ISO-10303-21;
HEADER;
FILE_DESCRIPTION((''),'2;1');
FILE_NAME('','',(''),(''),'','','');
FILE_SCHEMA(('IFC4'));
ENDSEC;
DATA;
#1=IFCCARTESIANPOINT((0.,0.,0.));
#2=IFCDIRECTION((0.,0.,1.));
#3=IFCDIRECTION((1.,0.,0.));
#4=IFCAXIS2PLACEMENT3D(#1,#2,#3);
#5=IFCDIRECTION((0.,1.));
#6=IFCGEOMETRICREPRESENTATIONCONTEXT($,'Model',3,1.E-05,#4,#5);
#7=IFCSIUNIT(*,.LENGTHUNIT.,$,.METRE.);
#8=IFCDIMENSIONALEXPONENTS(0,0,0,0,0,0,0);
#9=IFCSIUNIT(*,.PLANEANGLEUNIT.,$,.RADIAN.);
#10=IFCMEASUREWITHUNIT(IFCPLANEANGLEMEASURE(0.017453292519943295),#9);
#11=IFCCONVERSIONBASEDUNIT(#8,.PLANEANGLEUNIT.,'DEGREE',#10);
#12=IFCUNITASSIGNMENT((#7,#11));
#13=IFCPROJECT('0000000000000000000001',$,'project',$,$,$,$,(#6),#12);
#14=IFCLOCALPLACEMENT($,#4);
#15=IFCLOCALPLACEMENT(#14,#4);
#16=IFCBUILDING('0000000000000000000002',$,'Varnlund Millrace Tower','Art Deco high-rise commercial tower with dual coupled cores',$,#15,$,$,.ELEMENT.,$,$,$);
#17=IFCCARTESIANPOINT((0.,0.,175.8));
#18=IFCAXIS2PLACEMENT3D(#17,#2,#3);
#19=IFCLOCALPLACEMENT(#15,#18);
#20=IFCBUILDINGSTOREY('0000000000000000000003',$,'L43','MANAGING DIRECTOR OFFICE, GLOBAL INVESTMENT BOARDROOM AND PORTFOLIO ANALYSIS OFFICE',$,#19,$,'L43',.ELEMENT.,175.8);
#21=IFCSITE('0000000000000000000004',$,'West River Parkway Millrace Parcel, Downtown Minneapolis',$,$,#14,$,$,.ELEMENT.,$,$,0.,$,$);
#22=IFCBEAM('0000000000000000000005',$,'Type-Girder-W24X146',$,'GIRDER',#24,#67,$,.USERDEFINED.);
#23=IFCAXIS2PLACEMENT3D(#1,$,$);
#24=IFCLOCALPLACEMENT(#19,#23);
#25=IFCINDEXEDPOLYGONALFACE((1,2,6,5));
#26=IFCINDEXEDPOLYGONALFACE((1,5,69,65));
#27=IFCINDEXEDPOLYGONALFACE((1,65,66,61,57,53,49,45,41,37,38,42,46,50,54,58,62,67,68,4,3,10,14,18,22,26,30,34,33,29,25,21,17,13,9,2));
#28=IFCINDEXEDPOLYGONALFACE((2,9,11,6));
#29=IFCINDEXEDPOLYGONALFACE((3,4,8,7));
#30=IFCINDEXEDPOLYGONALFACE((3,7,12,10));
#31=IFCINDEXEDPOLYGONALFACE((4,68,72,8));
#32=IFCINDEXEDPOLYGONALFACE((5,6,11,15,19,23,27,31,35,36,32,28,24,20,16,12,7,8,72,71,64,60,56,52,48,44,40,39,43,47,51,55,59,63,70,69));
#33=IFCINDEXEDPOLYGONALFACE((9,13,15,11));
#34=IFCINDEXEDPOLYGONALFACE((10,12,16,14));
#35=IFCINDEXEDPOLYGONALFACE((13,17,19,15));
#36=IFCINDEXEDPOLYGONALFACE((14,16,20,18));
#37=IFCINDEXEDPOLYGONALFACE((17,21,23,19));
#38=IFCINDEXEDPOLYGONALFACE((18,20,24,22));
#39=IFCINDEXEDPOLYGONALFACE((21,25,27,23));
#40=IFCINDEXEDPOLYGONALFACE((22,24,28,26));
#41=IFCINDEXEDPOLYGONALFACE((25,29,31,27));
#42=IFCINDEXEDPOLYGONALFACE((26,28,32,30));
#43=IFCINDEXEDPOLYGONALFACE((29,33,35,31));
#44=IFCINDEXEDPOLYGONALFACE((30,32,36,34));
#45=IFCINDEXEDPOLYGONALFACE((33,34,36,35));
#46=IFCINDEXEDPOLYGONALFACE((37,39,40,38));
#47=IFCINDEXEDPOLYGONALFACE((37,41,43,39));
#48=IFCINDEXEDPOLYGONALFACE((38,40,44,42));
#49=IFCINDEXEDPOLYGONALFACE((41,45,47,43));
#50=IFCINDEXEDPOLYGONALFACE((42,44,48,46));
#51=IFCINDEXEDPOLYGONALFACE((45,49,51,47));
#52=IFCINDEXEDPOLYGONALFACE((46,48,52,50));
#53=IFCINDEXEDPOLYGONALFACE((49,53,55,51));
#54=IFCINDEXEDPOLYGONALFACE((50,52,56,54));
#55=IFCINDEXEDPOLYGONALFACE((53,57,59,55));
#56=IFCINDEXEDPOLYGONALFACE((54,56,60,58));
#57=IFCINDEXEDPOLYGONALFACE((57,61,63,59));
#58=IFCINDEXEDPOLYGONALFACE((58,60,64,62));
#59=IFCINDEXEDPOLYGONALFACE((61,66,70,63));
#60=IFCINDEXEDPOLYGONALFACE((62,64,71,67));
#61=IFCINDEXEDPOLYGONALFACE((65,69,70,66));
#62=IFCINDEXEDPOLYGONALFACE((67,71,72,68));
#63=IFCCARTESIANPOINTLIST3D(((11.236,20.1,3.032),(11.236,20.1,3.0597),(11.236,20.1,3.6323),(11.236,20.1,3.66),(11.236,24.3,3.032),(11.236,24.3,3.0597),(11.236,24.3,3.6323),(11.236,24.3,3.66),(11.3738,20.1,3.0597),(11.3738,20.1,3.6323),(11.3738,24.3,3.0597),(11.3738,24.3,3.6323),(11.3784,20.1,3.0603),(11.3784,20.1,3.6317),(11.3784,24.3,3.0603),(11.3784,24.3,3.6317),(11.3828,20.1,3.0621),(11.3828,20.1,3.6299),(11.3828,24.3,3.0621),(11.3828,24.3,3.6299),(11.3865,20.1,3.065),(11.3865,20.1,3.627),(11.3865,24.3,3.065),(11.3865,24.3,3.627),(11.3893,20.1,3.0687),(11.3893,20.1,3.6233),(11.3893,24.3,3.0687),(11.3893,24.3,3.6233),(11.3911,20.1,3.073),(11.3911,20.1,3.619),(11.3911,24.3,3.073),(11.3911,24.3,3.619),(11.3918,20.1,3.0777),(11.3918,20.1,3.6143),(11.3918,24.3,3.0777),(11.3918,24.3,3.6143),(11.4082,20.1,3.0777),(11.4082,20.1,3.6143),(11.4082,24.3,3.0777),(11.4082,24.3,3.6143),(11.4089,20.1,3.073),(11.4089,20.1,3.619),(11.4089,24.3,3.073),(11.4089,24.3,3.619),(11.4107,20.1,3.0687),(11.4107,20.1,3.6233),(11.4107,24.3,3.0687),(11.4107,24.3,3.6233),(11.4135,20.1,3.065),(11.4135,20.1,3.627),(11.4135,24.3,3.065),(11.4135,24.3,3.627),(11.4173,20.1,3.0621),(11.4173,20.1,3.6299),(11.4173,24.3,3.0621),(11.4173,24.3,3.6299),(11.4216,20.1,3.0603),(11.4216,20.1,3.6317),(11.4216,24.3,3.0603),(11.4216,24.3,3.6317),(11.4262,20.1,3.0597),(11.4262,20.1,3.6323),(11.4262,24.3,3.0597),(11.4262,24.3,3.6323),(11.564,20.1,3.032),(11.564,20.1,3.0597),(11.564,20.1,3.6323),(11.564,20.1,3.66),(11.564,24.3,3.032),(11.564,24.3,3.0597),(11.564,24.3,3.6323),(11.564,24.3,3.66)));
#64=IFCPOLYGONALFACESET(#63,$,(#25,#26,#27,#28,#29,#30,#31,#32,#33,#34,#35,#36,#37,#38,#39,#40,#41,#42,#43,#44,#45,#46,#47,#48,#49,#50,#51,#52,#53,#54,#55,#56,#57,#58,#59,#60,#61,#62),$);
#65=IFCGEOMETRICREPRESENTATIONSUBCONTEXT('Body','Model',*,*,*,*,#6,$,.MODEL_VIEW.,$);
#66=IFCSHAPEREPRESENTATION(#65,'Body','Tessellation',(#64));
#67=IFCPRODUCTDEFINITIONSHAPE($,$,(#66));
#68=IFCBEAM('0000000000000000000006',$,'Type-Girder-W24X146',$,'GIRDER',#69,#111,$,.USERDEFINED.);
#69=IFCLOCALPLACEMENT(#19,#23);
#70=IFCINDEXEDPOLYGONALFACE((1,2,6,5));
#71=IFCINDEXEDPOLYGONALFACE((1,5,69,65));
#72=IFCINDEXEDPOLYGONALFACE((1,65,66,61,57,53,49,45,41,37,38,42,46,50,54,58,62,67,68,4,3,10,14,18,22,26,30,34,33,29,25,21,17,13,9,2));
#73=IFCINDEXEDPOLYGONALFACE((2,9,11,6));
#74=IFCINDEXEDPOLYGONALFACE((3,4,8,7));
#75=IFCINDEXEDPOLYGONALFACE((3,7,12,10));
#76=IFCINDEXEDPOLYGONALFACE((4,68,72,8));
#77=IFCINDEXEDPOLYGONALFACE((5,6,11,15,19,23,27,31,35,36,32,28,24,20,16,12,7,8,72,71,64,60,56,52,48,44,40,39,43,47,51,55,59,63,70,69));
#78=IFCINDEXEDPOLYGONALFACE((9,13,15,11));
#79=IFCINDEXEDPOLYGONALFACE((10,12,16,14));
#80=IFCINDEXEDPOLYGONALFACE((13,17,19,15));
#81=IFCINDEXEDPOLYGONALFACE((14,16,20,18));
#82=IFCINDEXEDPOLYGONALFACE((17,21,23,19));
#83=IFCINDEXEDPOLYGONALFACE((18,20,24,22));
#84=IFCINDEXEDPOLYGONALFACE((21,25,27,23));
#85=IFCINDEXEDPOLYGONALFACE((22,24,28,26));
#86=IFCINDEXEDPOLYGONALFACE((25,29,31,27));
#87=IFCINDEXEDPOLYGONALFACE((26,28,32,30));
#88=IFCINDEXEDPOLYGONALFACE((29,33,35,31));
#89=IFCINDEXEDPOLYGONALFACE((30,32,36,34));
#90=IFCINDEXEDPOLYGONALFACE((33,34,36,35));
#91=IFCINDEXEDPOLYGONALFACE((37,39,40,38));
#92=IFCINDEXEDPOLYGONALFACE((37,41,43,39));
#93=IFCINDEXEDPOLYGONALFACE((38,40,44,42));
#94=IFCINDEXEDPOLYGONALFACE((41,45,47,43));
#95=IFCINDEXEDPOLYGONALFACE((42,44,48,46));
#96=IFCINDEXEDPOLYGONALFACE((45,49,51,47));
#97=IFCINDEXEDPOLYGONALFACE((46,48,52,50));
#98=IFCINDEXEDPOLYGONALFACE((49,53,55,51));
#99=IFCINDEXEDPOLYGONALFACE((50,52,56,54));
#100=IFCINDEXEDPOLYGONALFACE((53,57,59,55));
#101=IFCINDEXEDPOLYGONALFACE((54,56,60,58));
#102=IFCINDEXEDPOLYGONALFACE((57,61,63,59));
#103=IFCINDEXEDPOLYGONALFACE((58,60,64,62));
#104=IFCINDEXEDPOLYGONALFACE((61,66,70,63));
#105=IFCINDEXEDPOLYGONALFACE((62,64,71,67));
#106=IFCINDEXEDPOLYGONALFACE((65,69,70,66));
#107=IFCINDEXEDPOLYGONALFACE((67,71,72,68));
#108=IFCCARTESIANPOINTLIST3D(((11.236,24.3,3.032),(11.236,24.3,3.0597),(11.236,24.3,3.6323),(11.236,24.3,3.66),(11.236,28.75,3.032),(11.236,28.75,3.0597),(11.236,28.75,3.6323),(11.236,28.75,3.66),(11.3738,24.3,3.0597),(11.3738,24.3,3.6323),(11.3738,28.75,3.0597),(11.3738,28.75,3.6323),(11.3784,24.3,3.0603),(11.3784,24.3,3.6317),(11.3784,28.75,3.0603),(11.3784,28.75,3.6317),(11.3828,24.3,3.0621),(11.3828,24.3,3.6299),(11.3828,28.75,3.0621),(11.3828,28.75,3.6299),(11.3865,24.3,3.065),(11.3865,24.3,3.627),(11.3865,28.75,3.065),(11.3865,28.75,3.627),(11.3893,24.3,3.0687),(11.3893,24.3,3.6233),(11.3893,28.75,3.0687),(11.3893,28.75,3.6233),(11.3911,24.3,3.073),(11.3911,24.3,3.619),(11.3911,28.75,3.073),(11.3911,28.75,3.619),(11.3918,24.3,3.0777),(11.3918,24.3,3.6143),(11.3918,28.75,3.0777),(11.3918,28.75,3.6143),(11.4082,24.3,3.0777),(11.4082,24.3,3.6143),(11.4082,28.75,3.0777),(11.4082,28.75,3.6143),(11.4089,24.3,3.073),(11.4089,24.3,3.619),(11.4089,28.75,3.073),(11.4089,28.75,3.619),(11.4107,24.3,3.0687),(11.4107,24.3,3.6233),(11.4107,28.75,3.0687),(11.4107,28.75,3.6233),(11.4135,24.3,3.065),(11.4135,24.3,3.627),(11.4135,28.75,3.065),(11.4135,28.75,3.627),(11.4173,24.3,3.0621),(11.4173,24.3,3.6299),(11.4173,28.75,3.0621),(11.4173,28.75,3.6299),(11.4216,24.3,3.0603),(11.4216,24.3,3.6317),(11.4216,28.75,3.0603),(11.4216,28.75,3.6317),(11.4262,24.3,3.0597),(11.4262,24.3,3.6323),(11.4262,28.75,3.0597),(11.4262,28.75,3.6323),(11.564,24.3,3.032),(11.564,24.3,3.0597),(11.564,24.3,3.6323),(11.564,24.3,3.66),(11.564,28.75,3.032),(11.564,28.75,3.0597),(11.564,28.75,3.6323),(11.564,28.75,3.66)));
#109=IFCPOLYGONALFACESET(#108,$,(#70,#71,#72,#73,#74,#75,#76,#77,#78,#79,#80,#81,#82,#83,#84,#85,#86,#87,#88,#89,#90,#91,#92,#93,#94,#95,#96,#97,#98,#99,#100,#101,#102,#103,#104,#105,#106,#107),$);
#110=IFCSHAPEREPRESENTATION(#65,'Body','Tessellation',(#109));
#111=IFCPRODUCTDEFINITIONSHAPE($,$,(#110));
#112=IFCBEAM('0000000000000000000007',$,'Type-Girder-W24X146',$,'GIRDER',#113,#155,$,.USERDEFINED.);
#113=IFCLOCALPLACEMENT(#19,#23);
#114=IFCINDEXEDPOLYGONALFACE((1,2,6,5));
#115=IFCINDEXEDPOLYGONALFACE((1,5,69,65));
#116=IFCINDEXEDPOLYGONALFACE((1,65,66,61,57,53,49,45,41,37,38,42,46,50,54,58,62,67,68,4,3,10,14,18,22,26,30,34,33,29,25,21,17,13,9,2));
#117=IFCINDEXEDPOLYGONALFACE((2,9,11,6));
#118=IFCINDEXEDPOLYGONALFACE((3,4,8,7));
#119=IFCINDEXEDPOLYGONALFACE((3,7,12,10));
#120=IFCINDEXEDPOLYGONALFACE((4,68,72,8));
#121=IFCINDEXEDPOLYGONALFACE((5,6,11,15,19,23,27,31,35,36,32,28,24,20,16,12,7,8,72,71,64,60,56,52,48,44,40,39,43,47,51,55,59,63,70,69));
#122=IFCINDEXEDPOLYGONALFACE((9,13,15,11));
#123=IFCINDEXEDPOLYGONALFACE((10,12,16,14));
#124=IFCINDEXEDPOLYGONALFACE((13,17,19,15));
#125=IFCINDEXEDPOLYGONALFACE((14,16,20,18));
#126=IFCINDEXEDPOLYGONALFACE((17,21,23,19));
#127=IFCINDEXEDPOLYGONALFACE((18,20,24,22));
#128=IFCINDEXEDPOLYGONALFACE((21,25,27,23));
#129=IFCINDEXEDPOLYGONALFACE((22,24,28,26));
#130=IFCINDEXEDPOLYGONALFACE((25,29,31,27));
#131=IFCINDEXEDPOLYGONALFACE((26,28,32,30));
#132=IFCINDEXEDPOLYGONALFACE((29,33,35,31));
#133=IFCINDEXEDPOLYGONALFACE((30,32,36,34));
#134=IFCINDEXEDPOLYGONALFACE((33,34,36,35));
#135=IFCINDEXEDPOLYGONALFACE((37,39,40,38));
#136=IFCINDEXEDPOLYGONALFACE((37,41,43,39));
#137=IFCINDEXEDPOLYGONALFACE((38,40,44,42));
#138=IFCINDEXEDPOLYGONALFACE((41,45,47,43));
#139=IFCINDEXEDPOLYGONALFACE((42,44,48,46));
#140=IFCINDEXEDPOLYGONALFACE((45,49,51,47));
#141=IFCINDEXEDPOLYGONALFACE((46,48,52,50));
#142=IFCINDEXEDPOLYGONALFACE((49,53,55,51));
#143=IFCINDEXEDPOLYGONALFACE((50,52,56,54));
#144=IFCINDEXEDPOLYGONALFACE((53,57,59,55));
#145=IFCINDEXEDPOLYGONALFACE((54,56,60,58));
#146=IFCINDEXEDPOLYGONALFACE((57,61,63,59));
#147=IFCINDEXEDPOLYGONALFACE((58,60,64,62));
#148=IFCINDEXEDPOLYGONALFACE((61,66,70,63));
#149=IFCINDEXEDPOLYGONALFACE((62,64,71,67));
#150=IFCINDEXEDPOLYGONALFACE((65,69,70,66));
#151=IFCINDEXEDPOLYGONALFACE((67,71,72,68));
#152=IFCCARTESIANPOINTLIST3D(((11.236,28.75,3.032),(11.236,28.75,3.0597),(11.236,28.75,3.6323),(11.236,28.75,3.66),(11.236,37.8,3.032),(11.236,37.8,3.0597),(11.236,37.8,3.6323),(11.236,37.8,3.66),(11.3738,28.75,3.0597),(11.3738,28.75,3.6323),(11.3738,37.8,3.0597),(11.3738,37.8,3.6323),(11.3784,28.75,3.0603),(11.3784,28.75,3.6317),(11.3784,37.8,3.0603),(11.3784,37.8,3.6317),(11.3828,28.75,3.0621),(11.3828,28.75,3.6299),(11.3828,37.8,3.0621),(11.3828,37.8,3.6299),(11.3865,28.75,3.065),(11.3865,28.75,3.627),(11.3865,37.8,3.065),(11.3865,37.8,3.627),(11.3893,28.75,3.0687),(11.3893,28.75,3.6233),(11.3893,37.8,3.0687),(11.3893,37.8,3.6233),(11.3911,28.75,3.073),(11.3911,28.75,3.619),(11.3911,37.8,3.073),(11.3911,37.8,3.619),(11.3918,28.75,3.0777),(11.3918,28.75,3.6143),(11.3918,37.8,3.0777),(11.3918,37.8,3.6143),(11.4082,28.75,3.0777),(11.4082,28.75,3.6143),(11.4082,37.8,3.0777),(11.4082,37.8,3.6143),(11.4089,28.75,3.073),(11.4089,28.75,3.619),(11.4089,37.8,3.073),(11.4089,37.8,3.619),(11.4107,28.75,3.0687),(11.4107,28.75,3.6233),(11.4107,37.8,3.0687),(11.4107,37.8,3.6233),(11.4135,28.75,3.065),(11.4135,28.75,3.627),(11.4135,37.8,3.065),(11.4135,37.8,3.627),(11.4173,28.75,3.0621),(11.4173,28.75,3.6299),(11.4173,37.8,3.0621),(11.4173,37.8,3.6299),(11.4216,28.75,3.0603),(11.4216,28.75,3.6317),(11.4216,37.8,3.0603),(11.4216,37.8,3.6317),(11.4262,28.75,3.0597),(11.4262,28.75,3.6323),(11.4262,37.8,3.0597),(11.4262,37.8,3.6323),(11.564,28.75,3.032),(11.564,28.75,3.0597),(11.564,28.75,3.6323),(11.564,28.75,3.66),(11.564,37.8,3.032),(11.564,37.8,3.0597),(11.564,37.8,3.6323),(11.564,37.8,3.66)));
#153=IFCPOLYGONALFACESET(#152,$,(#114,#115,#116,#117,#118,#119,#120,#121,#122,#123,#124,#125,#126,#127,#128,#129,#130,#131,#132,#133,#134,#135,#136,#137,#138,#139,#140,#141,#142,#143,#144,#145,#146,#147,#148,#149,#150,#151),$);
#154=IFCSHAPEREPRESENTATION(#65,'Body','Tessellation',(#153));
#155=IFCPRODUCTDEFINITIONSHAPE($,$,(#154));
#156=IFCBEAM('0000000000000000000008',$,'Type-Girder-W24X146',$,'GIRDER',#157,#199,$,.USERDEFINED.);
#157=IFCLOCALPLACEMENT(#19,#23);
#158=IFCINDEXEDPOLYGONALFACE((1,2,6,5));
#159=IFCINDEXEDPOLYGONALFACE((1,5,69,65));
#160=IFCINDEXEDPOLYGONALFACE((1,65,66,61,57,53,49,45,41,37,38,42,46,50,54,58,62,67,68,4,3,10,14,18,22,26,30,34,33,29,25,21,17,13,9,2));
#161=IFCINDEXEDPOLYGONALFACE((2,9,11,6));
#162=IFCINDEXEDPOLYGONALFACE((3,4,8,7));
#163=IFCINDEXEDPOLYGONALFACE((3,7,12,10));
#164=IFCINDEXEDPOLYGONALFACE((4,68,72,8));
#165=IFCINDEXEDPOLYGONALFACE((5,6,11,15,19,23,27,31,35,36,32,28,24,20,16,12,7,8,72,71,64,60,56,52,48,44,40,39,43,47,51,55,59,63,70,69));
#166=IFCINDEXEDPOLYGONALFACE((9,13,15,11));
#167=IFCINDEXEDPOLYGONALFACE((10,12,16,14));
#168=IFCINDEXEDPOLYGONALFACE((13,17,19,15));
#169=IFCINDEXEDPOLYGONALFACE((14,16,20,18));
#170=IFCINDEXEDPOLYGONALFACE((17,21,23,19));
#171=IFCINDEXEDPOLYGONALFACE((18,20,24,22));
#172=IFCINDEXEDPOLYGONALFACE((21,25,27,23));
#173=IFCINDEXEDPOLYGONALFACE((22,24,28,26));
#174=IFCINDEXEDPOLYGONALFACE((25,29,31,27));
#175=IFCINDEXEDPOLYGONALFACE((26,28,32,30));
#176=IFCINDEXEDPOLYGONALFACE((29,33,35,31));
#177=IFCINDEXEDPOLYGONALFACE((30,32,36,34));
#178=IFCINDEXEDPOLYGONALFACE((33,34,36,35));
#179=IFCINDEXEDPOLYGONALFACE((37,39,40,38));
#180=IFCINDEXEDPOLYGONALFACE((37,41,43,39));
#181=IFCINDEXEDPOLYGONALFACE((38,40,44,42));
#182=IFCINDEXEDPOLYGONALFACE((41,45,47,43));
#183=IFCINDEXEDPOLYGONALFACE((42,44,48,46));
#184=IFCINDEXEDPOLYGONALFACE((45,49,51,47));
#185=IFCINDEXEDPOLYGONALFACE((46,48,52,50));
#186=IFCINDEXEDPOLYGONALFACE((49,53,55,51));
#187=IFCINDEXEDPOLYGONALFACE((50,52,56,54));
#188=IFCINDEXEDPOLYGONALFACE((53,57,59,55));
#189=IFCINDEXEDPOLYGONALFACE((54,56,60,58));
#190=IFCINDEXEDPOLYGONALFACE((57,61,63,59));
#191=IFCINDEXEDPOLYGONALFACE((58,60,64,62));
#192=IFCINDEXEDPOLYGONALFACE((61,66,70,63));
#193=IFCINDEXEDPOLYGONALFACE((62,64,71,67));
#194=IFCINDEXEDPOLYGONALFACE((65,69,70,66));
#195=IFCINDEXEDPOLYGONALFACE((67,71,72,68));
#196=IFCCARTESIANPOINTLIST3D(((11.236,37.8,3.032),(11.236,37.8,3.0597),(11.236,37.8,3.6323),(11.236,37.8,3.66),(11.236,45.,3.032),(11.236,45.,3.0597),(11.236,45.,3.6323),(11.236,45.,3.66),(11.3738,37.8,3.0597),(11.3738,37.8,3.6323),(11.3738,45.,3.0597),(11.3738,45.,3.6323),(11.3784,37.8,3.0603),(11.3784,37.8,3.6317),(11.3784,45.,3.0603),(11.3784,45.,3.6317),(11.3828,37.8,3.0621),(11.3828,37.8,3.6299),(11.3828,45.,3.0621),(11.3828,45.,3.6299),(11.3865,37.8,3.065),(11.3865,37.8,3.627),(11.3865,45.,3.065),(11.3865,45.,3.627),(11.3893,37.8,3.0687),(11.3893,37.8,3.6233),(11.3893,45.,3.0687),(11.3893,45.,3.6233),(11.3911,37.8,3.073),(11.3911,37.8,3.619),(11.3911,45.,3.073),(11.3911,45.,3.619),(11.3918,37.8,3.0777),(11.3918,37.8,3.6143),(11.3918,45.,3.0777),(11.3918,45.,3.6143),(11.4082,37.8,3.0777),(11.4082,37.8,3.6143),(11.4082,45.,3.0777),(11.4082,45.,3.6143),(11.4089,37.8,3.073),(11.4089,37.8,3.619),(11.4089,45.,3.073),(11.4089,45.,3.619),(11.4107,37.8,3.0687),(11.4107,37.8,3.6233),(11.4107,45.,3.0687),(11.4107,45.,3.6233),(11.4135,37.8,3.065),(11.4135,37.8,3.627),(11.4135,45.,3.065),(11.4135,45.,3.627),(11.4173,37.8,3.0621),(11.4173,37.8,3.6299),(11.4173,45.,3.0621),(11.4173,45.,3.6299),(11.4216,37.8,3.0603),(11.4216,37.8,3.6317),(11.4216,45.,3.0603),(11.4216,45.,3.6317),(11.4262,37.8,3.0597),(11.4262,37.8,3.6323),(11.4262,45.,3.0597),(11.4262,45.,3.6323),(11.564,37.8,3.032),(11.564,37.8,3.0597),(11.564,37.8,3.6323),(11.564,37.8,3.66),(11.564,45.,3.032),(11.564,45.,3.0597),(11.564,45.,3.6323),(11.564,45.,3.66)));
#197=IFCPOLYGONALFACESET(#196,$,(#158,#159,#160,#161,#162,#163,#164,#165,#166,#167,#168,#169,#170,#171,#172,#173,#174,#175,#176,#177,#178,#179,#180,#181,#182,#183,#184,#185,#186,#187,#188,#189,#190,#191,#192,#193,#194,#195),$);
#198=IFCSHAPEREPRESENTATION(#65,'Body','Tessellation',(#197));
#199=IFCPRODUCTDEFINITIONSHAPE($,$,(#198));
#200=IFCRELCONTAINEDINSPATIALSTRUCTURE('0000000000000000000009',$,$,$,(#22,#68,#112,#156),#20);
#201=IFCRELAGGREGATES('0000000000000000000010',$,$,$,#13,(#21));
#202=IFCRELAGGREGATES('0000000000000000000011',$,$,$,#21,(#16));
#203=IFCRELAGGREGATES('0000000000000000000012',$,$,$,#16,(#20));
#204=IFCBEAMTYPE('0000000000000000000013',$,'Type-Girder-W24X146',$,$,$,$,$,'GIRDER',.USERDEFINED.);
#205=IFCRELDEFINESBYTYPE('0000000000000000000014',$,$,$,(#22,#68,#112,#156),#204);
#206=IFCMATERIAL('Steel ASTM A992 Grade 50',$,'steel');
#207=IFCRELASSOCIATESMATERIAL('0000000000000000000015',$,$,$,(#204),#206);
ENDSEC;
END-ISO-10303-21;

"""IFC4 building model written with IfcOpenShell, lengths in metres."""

from ifc_helpers import new_model, entity, si_unit, converted_unit, direction, frame, origin_with_axes, origin_2d_with_axis, place, context, subcontext, project, spatial, i_section, extrude, material, material_profile, profile_set, type_object, element, save


model = new_model("IFC4")

# Units and contexts
model_context = context("Model", 3, precision=1e-05, world=origin_with_axes(), true_north=direction((0.0, 1.0)))
body_context = subcontext(model_context, "Body", "Model", "MODEL_VIEW")
ifc_project = project(units=[si_unit("LENGTHUNIT", "METRE"), converted_unit("PLANEANGLEUNIT", "DEGREE", entity("IfcPlaneAngleMeasure", 0.017453292519943295), si_unit("PLANEANGLEUNIT", "RADIAN"), dimensions=[0, 0, 0, 0, 0, 0, 0])], contexts=[model_context])

# Site, building, storey
site_placement = place(None, origin_with_axes())
site = spatial("IfcSite", under=ifc_project, at=site_placement, Name="West River Parkway Millrace Parcel, Downtown Minneapolis", CompositionType="ELEMENT", RefElevation=0.0)
building_placement = place(site_placement, origin_with_axes())
building = spatial("IfcBuilding", under=site, at=building_placement, Name="Varnlund Millrace Tower", Description="Art Deco high-rise commercial tower with dual coupled cores", CompositionType="ELEMENT")
storey_placement = place(building_placement, frame((0.0, 0.0, 175.8), z_axis=(0.0, 0.0, 1.0), x_axis=(1.0, 0.0, 0.0)))
storey = spatial("IfcBuildingStorey", under=building, at=storey_placement, Name="L43", Description="MANAGING DIRECTOR OFFICE, GLOBAL INVESTMENT BOARDROOM AND PORTFOLIO ANALYSIS OFFICE", LongName="L43", CompositionType="ELEMENT", Elevation=175.8)

# Beams
ifc_material_1 = material(Name="Steel ASTM A992 Grade 50", Category="steel")
ifc_material_profile_1 = material_profile(ifc_material_1, i_section(OverallWidth=0.328, OverallDepth=0.628, WebThickness=0.0165, FlangeThickness=0.0277, FilletRadius=0.018, at=origin_2d_with_axis()), Name="Steel ASTM A992 Grade 50")
ifc_profile_set_1 = profile_set([ifc_material_profile_1], Name="Steel ASTM A992 Grade 50")
beam_type_1 = type_object("IfcBeamType", Name="Type-Girder-W24X146", ElementType="GIRDER", PredefinedType="USERDEFINED", material=ifc_profile_set_1)
beam_1_placement = place(storey_placement, frame((11.4, 20.1, 3.346), z_axis=(0.0, 1.0, 0.0), x_axis=(-1.0, 0.0, 0.0)))
element("IfcBeam", 1, at=beam_1_placement, inside=storey, type_object=beam_type_1, Name="Type-Girder-W24X146", ObjectType="GIRDER", PredefinedType="USERDEFINED", context=body_context, shape_type="SweptSolid", body=[
    extrude(i_section(OverallWidth=0.328, OverallDepth=0.628, WebThickness=0.0165, FlangeThickness=0.0277, FilletRadius=0.018, at=origin_2d_with_axis()), origin_with_axes(), (0.0, 0.0, 1.0), 4.2),
])
beam_2_placement = place(storey_placement, frame((11.4, 24.3, 3.346), z_axis=(0.0, 1.0, 0.0), x_axis=(-1.0, 0.0, 0.0)))
element("IfcBeam", 2, at=beam_2_placement, inside=storey, type_object=beam_type_1, Name="Type-Girder-W24X146", ObjectType="GIRDER", PredefinedType="USERDEFINED", context=body_context, shape_type="SweptSolid", body=[
    extrude(i_section(OverallWidth=0.328, OverallDepth=0.628, WebThickness=0.0165, FlangeThickness=0.0277, FilletRadius=0.018, at=origin_2d_with_axis()), origin_with_axes(), (0.0, 0.0, 1.0), 4.45),
])
beam_3_placement = place(storey_placement, frame((11.4, 28.75, 3.346), z_axis=(0.0, 1.0, 0.0), x_axis=(-1.0, 0.0, 0.0)))
element("IfcBeam", 3, at=beam_3_placement, inside=storey, type_object=beam_type_1, Name="Type-Girder-W24X146", ObjectType="GIRDER", PredefinedType="USERDEFINED", context=body_context, shape_type="SweptSolid", body=[
    extrude(i_section(OverallWidth=0.328, OverallDepth=0.628, WebThickness=0.0165, FlangeThickness=0.0277, FilletRadius=0.018, at=origin_2d_with_axis()), origin_with_axes(), (0.0, 0.0, 1.0), 9.05),
])
beam_4_placement = place(storey_placement, frame((11.4, 37.8, 3.346), z_axis=(0.0, 1.0, 0.0), x_axis=(-1.0, 0.0, 0.0)))
element("IfcBeam", 4, at=beam_4_placement, inside=storey, type_object=beam_type_1, Name="Type-Girder-W24X146", ObjectType="GIRDER", PredefinedType="USERDEFINED", context=body_context, shape_type="SweptSolid", body=[
    extrude(i_section(OverallWidth=0.328, OverallDepth=0.628, WebThickness=0.0165, FlangeThickness=0.0277, FilletRadius=0.018, at=origin_2d_with_axis()), origin_with_axes(), (0.0, 0.0, 1.0), 7.2),
])

save(model, "model.ifc")
